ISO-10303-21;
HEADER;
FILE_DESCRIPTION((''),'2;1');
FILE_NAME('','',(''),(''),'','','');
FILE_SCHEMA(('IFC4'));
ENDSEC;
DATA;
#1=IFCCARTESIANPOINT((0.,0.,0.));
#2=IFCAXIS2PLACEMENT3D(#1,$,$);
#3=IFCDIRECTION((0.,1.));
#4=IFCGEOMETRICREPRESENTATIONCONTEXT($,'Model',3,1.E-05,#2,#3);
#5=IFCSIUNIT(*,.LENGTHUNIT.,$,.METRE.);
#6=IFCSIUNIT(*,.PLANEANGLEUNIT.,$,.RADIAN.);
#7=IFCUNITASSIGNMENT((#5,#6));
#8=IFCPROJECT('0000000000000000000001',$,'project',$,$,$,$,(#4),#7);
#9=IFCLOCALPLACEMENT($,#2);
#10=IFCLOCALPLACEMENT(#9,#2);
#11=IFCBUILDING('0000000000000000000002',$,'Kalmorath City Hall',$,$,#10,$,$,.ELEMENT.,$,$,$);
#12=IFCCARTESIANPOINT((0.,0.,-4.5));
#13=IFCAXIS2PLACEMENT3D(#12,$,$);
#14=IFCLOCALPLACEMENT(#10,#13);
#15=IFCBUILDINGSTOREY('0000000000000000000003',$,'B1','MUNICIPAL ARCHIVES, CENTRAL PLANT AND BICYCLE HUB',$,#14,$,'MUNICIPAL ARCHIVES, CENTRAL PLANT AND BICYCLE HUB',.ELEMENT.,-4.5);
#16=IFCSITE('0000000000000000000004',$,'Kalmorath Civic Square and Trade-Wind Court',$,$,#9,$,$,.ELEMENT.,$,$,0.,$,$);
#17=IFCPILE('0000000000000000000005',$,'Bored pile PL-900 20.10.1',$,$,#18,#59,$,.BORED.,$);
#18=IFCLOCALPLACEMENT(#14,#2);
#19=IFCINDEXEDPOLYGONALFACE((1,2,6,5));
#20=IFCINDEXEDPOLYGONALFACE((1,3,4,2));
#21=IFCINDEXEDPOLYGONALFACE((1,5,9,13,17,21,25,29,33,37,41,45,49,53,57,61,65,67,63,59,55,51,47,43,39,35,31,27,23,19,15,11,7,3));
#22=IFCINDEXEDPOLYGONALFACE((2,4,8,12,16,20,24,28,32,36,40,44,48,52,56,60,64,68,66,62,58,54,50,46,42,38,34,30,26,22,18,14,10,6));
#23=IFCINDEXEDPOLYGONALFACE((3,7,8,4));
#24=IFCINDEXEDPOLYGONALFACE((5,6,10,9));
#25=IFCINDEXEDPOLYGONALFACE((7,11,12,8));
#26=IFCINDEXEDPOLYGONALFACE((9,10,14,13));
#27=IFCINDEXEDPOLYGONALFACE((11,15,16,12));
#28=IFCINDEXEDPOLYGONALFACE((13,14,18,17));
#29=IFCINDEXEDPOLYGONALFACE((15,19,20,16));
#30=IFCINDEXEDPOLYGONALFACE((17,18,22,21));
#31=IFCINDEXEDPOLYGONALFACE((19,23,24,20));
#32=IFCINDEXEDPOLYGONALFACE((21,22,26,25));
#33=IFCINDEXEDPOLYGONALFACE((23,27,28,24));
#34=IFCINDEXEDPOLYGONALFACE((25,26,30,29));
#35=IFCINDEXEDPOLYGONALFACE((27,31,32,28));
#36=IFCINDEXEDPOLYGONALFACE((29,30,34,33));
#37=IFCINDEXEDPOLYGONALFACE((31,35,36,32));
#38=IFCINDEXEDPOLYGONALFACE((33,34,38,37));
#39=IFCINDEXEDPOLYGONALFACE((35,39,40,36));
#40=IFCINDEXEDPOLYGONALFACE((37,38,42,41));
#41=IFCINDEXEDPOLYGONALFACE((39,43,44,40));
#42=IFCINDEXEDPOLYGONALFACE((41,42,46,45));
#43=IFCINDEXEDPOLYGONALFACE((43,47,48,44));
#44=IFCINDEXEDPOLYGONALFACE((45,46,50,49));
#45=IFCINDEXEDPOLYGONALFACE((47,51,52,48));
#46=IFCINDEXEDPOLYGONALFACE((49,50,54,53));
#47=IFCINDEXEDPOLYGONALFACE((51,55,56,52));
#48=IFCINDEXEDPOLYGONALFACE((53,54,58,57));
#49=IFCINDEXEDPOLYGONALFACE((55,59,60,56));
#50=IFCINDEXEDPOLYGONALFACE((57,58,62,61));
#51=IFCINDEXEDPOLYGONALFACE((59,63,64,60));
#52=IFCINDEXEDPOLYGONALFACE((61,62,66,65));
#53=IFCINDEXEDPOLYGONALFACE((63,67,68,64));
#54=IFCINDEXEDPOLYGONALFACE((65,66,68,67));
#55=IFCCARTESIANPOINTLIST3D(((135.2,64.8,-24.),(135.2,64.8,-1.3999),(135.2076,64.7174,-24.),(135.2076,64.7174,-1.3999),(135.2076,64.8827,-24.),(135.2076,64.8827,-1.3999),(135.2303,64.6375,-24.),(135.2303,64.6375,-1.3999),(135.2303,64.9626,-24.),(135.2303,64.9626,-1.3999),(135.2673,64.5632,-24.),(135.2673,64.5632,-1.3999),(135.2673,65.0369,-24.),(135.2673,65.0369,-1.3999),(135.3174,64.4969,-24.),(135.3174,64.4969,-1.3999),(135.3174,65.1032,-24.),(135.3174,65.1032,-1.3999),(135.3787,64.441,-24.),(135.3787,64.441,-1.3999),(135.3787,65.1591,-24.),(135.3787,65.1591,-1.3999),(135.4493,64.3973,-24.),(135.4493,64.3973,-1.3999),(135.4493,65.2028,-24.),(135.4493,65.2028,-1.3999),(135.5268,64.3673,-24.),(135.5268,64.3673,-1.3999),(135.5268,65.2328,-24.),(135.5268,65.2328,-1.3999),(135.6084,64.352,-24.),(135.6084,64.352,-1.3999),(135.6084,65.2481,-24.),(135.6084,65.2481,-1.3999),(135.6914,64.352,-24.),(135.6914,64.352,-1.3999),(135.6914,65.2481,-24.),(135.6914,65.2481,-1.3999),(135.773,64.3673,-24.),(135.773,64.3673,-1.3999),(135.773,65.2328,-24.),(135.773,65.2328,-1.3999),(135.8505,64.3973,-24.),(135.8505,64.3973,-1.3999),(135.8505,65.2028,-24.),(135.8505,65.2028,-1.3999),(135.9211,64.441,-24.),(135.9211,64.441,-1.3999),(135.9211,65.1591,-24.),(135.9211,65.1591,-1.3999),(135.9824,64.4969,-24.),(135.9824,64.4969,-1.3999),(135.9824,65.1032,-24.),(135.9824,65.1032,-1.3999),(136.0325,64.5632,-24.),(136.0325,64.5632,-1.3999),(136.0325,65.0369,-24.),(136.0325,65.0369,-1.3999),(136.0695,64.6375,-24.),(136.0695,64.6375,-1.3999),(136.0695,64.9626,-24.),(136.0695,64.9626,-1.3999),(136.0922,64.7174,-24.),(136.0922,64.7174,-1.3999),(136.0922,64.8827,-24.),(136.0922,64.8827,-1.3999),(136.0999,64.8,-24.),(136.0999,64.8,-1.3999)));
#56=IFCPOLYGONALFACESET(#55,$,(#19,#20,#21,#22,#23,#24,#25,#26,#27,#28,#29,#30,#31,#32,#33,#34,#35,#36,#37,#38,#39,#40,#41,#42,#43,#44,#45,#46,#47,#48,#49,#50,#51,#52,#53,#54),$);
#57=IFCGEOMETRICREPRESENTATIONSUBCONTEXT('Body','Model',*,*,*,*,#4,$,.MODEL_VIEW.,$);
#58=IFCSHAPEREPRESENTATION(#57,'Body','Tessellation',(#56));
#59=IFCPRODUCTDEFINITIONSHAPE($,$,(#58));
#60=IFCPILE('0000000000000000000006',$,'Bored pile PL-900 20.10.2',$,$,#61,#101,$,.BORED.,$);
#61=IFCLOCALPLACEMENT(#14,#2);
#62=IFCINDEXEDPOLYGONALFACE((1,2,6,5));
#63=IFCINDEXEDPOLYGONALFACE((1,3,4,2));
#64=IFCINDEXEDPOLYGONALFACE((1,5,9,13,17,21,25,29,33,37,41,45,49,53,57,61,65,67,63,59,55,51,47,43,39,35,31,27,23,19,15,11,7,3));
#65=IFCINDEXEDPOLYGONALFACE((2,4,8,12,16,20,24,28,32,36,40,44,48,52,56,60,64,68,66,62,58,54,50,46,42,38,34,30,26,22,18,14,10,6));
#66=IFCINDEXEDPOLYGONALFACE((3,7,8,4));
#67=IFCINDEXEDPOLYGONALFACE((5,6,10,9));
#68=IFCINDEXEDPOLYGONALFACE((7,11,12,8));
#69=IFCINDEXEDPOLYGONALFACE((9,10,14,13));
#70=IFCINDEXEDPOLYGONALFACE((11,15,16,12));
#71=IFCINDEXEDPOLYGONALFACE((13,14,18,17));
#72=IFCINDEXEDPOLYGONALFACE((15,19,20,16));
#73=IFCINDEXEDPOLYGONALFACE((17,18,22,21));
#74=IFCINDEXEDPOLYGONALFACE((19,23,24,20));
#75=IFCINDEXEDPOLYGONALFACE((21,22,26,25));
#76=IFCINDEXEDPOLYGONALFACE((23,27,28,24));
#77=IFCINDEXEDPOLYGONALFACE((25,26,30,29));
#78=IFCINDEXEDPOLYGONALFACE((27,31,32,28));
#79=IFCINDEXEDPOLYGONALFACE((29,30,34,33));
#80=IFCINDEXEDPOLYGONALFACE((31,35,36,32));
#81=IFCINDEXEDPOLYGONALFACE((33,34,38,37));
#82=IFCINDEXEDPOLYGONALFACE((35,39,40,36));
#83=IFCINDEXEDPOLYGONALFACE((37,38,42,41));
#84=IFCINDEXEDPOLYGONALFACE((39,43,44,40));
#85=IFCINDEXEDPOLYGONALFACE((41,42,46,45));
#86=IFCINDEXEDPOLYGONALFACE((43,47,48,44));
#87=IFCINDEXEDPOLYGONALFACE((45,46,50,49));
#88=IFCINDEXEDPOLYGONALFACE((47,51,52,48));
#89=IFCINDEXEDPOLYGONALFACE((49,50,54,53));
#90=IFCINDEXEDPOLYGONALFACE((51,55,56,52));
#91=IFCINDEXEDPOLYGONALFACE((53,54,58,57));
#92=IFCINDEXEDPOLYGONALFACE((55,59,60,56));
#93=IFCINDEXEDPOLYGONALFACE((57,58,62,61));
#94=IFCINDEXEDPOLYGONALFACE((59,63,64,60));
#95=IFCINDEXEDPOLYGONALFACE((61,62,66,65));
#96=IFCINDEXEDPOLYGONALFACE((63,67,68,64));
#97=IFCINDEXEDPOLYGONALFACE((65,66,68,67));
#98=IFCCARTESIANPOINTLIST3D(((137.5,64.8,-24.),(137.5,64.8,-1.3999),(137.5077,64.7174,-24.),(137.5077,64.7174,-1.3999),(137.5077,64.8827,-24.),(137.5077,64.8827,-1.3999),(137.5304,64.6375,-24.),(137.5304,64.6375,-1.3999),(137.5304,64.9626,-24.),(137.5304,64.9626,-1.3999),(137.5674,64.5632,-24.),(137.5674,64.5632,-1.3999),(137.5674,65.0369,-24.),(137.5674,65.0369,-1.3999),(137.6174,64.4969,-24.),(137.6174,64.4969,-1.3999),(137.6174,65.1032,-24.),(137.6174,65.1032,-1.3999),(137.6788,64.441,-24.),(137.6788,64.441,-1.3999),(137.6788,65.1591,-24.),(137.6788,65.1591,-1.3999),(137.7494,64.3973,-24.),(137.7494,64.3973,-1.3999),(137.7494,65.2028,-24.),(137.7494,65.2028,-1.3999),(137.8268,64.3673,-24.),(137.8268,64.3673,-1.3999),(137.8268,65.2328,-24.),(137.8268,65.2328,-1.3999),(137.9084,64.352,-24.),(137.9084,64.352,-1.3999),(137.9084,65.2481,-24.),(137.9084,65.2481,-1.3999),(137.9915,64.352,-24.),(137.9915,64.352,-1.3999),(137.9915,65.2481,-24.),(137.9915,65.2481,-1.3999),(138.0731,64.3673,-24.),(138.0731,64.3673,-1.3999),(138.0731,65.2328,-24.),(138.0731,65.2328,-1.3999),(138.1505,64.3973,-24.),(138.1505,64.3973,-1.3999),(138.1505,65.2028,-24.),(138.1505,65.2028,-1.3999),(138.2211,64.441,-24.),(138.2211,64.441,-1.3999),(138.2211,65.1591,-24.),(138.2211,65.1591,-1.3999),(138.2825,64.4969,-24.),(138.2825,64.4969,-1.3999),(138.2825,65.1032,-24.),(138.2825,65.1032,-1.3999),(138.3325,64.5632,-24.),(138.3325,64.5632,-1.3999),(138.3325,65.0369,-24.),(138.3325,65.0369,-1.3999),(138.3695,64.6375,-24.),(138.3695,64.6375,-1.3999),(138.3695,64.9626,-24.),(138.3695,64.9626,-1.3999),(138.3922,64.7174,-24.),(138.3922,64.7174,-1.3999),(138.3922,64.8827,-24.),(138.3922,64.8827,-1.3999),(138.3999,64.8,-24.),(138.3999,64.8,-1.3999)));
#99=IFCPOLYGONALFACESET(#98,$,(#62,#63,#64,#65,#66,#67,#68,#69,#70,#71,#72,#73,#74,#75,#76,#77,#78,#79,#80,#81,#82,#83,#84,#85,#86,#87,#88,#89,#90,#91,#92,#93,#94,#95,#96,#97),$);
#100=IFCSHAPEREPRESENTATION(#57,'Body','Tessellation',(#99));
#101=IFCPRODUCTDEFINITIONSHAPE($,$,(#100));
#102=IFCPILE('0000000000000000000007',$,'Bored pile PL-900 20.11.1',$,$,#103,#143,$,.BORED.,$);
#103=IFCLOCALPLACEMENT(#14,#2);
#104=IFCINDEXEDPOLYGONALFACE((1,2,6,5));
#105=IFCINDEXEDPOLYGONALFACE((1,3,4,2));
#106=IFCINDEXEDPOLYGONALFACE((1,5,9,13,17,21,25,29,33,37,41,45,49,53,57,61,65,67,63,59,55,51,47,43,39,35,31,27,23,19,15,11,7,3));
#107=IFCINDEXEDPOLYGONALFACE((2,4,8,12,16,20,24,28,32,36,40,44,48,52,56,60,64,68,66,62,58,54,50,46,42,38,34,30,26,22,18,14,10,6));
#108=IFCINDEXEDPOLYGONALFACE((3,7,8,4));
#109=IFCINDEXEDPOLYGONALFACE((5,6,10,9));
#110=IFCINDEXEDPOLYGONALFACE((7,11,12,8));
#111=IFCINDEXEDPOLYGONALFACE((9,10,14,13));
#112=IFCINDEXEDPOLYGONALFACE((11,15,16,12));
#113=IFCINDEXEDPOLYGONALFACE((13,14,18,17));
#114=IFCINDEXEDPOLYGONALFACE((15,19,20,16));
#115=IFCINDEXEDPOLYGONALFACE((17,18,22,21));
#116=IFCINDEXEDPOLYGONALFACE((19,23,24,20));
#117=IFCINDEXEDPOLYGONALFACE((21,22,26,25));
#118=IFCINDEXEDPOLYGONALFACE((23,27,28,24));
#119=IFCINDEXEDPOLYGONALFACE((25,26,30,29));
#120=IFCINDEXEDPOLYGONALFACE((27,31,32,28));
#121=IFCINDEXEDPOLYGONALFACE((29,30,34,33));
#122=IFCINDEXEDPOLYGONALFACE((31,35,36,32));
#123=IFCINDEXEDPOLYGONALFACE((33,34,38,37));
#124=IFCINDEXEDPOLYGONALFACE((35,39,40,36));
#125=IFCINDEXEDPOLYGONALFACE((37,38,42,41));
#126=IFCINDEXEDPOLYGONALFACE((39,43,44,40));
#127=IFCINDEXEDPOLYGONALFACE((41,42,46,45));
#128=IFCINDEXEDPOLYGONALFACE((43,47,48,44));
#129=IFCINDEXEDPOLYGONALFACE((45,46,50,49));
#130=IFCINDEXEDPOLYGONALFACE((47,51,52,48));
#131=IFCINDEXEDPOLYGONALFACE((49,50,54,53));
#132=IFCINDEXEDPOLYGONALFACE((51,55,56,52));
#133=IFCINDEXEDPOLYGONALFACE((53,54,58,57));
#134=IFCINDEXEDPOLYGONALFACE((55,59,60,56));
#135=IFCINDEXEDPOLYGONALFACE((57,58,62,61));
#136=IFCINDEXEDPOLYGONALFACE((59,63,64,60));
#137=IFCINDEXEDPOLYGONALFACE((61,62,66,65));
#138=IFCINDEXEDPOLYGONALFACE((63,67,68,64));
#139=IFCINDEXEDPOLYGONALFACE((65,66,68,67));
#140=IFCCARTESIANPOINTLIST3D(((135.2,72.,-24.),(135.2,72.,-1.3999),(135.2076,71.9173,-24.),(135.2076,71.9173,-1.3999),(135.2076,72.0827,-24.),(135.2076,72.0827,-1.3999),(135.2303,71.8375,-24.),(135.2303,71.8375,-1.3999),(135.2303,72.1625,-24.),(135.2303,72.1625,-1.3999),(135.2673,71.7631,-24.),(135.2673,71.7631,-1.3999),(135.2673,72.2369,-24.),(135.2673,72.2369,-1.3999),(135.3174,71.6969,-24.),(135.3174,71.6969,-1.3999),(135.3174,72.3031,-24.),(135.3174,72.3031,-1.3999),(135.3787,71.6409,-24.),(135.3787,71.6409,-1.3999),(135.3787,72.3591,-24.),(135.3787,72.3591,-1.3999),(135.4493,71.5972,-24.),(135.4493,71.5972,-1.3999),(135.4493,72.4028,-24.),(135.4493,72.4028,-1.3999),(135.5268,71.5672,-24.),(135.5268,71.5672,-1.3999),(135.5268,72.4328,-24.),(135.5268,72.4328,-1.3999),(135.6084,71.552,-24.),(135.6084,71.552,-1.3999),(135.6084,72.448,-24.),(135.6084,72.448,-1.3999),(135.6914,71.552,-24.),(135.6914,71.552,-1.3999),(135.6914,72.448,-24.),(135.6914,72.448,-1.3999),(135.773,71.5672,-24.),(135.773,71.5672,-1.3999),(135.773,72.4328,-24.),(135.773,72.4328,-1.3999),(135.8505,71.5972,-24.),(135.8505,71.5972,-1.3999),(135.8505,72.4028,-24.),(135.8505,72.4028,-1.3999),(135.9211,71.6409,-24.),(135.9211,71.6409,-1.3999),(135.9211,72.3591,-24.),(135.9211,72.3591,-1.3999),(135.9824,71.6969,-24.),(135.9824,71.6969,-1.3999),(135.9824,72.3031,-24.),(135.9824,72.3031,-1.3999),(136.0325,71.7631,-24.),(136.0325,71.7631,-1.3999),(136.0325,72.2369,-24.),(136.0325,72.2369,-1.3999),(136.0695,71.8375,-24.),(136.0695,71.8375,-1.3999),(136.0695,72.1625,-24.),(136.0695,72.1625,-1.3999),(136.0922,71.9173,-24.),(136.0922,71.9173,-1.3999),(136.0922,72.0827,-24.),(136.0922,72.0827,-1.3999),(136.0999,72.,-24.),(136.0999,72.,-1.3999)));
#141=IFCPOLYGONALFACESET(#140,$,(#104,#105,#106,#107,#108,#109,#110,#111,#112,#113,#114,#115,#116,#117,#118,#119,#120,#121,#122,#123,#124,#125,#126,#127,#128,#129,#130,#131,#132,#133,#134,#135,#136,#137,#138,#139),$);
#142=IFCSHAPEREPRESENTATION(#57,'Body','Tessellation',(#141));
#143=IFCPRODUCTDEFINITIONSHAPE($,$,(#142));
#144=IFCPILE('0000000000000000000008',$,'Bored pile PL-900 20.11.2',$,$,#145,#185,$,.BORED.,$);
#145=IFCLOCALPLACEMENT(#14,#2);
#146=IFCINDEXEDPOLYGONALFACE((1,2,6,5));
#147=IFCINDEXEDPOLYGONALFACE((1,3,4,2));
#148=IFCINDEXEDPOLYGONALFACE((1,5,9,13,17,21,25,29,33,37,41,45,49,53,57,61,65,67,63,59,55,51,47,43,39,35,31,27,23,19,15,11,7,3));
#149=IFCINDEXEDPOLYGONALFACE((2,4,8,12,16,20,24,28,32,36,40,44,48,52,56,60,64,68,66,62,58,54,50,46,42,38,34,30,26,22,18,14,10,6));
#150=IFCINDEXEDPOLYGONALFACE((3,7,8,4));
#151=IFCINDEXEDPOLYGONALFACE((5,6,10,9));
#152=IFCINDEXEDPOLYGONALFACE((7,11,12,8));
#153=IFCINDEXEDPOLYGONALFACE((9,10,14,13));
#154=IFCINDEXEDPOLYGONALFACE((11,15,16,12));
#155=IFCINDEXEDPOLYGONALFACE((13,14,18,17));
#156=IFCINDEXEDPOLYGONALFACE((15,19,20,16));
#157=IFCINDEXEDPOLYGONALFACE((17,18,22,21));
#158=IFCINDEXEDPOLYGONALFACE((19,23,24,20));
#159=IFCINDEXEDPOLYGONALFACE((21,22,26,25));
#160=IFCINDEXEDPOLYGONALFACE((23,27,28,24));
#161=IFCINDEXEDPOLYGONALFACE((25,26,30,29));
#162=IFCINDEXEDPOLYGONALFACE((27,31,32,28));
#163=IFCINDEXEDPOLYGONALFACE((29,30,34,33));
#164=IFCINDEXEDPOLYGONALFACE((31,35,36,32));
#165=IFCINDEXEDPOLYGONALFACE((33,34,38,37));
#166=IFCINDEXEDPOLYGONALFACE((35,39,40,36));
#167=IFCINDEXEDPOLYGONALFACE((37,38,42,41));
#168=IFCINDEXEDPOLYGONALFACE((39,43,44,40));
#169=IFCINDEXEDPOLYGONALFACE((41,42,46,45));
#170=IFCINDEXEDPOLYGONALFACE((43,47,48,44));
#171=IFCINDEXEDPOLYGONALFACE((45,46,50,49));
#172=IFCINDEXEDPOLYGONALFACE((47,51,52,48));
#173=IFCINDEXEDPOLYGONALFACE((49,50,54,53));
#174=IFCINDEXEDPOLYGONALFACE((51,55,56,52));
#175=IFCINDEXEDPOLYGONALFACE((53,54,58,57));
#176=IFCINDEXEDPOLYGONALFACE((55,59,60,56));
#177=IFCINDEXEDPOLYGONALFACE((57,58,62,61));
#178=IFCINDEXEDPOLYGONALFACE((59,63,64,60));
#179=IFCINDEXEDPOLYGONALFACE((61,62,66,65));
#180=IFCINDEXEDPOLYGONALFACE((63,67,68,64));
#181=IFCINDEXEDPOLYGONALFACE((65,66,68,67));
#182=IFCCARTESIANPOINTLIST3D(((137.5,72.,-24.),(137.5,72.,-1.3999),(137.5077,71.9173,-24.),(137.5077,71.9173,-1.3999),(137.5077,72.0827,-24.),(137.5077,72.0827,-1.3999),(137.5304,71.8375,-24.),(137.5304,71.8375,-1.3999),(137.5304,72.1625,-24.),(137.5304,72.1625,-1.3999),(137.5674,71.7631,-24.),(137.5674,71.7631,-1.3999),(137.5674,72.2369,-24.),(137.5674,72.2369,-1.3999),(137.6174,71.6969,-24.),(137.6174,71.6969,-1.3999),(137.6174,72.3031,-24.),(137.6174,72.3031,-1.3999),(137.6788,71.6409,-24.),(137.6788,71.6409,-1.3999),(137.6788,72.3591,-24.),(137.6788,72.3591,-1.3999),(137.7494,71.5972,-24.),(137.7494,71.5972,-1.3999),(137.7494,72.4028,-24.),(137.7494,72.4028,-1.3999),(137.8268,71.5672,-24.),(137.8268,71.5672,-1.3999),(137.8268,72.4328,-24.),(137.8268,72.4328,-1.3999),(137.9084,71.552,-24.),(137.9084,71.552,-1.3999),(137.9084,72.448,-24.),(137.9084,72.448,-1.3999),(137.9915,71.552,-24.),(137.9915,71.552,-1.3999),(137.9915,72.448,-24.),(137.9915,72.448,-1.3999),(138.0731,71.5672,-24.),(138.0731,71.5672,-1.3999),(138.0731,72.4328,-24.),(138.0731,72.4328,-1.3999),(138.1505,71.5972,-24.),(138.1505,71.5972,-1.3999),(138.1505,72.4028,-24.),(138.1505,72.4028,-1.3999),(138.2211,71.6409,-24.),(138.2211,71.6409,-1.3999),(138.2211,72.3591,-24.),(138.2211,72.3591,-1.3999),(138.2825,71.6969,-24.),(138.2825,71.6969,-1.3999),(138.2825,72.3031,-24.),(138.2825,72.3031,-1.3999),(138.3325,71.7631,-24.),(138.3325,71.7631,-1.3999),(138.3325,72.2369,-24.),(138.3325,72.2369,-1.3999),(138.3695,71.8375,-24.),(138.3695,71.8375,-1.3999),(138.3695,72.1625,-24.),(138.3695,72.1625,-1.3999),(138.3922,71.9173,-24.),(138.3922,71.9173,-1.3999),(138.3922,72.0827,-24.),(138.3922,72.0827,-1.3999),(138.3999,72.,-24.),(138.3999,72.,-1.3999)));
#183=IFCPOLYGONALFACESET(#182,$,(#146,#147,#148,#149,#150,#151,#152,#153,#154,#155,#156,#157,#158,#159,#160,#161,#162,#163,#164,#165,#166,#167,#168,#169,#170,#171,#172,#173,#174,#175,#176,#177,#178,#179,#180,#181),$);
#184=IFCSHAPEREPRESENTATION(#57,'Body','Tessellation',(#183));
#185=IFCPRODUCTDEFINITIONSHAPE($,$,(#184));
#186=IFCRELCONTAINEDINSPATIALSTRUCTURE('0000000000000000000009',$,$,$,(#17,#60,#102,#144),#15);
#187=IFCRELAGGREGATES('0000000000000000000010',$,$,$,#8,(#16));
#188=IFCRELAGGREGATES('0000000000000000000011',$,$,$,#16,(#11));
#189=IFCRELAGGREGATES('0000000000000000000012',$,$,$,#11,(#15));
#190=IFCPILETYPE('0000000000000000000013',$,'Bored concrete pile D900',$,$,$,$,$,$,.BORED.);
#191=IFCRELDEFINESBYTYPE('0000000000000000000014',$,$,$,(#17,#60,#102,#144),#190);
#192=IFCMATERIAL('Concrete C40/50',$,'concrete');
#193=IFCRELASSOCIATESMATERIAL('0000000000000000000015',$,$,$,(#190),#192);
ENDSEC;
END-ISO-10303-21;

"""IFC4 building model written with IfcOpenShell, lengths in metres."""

from ifc_helpers import new_model, si_unit, direction, frame, origin, origin_2d, place, context, subcontext, project, spatial, circle, extrude, material, material_profile, profile_set, type_object, element, save


model = new_model("IFC4")

# Units and contexts
model_context = context("Model", 3, precision=1e-05, world=origin(), true_north=direction((0.0, 1.0)))
body_context = subcontext(model_context, "Body", "Model", "MODEL_VIEW")
ifc_project = project(units=[si_unit("LENGTHUNIT", "METRE"), si_unit("PLANEANGLEUNIT", "RADIAN")], contexts=[model_context])

# Site, building, storey
site_placement = place(None, origin())
site = spatial("IfcSite", under=ifc_project, at=site_placement, Name="Kalmorath Civic Square and Trade-Wind Court", CompositionType="ELEMENT", RefElevation=0.0)
building_placement = place(site_placement, origin())
building = spatial("IfcBuilding", under=site, at=building_placement, Name="Kalmorath City Hall", CompositionType="ELEMENT")
storey_placement = place(building_placement, frame((0.0, 0.0, -4.5)))
storey = spatial("IfcBuildingStorey", under=building, at=storey_placement, Name="B1", Description="MUNICIPAL ARCHIVES, CENTRAL PLANT AND BICYCLE HUB", LongName="MUNICIPAL ARCHIVES, CENTRAL PLANT AND BICYCLE HUB", CompositionType="ELEMENT", Elevation=-4.5)

# Piles
ifc_material_1 = material(Name="Concrete C40/50", Category="concrete")
ifc_material_profile_1 = material_profile(ifc_material_1, circle(Radius=0.45, at=origin_2d()), Name="PILE-D900")
ifc_profile_set_1 = profile_set([ifc_material_profile_1], Name="Concrete C40/50")
pile_type = type_object("IfcPileType", Name="Bored concrete pile D900", PredefinedType="BORED", material=ifc_profile_set_1)
for number, where, z_axis, x_axis, name in (
    (1, (135.6499, 64.8, -1.3999), (0.0, 0.0, -1.0), (1.0, 0.0, 0.0), "Bored pile PL-900 20.10.1"),
    (2, (137.95, 64.8, -1.3999), (0.0, 0.0, -1.0), (1.0, 0.0, 0.0), "Bored pile PL-900 20.10.2"),
    (3, (135.6499, 72.0, -1.3999), (0.0, 0.0, -1.0), (1.0, 0.0, 0.0), "Bored pile PL-900 20.11.1"),
    (4, (137.95, 72.0, -1.3999), (0.0, 0.0, -1.0), (1.0, 0.0, 0.0), "Bored pile PL-900 20.11.2"),
):
    element("IfcPile", number, at=place(storey_placement, frame(where, z_axis=z_axis, x_axis=x_axis)), inside=storey, type_object=pile_type, Name=name, PredefinedType="BORED", context=body_context, shape_type="SweptSolid", body=[
        extrude(circle(Radius=0.45, at=origin_2d()), origin(), (0.0, 0.0, 1.0), 22.6001),
    ])

save(model, "model.ifc")
